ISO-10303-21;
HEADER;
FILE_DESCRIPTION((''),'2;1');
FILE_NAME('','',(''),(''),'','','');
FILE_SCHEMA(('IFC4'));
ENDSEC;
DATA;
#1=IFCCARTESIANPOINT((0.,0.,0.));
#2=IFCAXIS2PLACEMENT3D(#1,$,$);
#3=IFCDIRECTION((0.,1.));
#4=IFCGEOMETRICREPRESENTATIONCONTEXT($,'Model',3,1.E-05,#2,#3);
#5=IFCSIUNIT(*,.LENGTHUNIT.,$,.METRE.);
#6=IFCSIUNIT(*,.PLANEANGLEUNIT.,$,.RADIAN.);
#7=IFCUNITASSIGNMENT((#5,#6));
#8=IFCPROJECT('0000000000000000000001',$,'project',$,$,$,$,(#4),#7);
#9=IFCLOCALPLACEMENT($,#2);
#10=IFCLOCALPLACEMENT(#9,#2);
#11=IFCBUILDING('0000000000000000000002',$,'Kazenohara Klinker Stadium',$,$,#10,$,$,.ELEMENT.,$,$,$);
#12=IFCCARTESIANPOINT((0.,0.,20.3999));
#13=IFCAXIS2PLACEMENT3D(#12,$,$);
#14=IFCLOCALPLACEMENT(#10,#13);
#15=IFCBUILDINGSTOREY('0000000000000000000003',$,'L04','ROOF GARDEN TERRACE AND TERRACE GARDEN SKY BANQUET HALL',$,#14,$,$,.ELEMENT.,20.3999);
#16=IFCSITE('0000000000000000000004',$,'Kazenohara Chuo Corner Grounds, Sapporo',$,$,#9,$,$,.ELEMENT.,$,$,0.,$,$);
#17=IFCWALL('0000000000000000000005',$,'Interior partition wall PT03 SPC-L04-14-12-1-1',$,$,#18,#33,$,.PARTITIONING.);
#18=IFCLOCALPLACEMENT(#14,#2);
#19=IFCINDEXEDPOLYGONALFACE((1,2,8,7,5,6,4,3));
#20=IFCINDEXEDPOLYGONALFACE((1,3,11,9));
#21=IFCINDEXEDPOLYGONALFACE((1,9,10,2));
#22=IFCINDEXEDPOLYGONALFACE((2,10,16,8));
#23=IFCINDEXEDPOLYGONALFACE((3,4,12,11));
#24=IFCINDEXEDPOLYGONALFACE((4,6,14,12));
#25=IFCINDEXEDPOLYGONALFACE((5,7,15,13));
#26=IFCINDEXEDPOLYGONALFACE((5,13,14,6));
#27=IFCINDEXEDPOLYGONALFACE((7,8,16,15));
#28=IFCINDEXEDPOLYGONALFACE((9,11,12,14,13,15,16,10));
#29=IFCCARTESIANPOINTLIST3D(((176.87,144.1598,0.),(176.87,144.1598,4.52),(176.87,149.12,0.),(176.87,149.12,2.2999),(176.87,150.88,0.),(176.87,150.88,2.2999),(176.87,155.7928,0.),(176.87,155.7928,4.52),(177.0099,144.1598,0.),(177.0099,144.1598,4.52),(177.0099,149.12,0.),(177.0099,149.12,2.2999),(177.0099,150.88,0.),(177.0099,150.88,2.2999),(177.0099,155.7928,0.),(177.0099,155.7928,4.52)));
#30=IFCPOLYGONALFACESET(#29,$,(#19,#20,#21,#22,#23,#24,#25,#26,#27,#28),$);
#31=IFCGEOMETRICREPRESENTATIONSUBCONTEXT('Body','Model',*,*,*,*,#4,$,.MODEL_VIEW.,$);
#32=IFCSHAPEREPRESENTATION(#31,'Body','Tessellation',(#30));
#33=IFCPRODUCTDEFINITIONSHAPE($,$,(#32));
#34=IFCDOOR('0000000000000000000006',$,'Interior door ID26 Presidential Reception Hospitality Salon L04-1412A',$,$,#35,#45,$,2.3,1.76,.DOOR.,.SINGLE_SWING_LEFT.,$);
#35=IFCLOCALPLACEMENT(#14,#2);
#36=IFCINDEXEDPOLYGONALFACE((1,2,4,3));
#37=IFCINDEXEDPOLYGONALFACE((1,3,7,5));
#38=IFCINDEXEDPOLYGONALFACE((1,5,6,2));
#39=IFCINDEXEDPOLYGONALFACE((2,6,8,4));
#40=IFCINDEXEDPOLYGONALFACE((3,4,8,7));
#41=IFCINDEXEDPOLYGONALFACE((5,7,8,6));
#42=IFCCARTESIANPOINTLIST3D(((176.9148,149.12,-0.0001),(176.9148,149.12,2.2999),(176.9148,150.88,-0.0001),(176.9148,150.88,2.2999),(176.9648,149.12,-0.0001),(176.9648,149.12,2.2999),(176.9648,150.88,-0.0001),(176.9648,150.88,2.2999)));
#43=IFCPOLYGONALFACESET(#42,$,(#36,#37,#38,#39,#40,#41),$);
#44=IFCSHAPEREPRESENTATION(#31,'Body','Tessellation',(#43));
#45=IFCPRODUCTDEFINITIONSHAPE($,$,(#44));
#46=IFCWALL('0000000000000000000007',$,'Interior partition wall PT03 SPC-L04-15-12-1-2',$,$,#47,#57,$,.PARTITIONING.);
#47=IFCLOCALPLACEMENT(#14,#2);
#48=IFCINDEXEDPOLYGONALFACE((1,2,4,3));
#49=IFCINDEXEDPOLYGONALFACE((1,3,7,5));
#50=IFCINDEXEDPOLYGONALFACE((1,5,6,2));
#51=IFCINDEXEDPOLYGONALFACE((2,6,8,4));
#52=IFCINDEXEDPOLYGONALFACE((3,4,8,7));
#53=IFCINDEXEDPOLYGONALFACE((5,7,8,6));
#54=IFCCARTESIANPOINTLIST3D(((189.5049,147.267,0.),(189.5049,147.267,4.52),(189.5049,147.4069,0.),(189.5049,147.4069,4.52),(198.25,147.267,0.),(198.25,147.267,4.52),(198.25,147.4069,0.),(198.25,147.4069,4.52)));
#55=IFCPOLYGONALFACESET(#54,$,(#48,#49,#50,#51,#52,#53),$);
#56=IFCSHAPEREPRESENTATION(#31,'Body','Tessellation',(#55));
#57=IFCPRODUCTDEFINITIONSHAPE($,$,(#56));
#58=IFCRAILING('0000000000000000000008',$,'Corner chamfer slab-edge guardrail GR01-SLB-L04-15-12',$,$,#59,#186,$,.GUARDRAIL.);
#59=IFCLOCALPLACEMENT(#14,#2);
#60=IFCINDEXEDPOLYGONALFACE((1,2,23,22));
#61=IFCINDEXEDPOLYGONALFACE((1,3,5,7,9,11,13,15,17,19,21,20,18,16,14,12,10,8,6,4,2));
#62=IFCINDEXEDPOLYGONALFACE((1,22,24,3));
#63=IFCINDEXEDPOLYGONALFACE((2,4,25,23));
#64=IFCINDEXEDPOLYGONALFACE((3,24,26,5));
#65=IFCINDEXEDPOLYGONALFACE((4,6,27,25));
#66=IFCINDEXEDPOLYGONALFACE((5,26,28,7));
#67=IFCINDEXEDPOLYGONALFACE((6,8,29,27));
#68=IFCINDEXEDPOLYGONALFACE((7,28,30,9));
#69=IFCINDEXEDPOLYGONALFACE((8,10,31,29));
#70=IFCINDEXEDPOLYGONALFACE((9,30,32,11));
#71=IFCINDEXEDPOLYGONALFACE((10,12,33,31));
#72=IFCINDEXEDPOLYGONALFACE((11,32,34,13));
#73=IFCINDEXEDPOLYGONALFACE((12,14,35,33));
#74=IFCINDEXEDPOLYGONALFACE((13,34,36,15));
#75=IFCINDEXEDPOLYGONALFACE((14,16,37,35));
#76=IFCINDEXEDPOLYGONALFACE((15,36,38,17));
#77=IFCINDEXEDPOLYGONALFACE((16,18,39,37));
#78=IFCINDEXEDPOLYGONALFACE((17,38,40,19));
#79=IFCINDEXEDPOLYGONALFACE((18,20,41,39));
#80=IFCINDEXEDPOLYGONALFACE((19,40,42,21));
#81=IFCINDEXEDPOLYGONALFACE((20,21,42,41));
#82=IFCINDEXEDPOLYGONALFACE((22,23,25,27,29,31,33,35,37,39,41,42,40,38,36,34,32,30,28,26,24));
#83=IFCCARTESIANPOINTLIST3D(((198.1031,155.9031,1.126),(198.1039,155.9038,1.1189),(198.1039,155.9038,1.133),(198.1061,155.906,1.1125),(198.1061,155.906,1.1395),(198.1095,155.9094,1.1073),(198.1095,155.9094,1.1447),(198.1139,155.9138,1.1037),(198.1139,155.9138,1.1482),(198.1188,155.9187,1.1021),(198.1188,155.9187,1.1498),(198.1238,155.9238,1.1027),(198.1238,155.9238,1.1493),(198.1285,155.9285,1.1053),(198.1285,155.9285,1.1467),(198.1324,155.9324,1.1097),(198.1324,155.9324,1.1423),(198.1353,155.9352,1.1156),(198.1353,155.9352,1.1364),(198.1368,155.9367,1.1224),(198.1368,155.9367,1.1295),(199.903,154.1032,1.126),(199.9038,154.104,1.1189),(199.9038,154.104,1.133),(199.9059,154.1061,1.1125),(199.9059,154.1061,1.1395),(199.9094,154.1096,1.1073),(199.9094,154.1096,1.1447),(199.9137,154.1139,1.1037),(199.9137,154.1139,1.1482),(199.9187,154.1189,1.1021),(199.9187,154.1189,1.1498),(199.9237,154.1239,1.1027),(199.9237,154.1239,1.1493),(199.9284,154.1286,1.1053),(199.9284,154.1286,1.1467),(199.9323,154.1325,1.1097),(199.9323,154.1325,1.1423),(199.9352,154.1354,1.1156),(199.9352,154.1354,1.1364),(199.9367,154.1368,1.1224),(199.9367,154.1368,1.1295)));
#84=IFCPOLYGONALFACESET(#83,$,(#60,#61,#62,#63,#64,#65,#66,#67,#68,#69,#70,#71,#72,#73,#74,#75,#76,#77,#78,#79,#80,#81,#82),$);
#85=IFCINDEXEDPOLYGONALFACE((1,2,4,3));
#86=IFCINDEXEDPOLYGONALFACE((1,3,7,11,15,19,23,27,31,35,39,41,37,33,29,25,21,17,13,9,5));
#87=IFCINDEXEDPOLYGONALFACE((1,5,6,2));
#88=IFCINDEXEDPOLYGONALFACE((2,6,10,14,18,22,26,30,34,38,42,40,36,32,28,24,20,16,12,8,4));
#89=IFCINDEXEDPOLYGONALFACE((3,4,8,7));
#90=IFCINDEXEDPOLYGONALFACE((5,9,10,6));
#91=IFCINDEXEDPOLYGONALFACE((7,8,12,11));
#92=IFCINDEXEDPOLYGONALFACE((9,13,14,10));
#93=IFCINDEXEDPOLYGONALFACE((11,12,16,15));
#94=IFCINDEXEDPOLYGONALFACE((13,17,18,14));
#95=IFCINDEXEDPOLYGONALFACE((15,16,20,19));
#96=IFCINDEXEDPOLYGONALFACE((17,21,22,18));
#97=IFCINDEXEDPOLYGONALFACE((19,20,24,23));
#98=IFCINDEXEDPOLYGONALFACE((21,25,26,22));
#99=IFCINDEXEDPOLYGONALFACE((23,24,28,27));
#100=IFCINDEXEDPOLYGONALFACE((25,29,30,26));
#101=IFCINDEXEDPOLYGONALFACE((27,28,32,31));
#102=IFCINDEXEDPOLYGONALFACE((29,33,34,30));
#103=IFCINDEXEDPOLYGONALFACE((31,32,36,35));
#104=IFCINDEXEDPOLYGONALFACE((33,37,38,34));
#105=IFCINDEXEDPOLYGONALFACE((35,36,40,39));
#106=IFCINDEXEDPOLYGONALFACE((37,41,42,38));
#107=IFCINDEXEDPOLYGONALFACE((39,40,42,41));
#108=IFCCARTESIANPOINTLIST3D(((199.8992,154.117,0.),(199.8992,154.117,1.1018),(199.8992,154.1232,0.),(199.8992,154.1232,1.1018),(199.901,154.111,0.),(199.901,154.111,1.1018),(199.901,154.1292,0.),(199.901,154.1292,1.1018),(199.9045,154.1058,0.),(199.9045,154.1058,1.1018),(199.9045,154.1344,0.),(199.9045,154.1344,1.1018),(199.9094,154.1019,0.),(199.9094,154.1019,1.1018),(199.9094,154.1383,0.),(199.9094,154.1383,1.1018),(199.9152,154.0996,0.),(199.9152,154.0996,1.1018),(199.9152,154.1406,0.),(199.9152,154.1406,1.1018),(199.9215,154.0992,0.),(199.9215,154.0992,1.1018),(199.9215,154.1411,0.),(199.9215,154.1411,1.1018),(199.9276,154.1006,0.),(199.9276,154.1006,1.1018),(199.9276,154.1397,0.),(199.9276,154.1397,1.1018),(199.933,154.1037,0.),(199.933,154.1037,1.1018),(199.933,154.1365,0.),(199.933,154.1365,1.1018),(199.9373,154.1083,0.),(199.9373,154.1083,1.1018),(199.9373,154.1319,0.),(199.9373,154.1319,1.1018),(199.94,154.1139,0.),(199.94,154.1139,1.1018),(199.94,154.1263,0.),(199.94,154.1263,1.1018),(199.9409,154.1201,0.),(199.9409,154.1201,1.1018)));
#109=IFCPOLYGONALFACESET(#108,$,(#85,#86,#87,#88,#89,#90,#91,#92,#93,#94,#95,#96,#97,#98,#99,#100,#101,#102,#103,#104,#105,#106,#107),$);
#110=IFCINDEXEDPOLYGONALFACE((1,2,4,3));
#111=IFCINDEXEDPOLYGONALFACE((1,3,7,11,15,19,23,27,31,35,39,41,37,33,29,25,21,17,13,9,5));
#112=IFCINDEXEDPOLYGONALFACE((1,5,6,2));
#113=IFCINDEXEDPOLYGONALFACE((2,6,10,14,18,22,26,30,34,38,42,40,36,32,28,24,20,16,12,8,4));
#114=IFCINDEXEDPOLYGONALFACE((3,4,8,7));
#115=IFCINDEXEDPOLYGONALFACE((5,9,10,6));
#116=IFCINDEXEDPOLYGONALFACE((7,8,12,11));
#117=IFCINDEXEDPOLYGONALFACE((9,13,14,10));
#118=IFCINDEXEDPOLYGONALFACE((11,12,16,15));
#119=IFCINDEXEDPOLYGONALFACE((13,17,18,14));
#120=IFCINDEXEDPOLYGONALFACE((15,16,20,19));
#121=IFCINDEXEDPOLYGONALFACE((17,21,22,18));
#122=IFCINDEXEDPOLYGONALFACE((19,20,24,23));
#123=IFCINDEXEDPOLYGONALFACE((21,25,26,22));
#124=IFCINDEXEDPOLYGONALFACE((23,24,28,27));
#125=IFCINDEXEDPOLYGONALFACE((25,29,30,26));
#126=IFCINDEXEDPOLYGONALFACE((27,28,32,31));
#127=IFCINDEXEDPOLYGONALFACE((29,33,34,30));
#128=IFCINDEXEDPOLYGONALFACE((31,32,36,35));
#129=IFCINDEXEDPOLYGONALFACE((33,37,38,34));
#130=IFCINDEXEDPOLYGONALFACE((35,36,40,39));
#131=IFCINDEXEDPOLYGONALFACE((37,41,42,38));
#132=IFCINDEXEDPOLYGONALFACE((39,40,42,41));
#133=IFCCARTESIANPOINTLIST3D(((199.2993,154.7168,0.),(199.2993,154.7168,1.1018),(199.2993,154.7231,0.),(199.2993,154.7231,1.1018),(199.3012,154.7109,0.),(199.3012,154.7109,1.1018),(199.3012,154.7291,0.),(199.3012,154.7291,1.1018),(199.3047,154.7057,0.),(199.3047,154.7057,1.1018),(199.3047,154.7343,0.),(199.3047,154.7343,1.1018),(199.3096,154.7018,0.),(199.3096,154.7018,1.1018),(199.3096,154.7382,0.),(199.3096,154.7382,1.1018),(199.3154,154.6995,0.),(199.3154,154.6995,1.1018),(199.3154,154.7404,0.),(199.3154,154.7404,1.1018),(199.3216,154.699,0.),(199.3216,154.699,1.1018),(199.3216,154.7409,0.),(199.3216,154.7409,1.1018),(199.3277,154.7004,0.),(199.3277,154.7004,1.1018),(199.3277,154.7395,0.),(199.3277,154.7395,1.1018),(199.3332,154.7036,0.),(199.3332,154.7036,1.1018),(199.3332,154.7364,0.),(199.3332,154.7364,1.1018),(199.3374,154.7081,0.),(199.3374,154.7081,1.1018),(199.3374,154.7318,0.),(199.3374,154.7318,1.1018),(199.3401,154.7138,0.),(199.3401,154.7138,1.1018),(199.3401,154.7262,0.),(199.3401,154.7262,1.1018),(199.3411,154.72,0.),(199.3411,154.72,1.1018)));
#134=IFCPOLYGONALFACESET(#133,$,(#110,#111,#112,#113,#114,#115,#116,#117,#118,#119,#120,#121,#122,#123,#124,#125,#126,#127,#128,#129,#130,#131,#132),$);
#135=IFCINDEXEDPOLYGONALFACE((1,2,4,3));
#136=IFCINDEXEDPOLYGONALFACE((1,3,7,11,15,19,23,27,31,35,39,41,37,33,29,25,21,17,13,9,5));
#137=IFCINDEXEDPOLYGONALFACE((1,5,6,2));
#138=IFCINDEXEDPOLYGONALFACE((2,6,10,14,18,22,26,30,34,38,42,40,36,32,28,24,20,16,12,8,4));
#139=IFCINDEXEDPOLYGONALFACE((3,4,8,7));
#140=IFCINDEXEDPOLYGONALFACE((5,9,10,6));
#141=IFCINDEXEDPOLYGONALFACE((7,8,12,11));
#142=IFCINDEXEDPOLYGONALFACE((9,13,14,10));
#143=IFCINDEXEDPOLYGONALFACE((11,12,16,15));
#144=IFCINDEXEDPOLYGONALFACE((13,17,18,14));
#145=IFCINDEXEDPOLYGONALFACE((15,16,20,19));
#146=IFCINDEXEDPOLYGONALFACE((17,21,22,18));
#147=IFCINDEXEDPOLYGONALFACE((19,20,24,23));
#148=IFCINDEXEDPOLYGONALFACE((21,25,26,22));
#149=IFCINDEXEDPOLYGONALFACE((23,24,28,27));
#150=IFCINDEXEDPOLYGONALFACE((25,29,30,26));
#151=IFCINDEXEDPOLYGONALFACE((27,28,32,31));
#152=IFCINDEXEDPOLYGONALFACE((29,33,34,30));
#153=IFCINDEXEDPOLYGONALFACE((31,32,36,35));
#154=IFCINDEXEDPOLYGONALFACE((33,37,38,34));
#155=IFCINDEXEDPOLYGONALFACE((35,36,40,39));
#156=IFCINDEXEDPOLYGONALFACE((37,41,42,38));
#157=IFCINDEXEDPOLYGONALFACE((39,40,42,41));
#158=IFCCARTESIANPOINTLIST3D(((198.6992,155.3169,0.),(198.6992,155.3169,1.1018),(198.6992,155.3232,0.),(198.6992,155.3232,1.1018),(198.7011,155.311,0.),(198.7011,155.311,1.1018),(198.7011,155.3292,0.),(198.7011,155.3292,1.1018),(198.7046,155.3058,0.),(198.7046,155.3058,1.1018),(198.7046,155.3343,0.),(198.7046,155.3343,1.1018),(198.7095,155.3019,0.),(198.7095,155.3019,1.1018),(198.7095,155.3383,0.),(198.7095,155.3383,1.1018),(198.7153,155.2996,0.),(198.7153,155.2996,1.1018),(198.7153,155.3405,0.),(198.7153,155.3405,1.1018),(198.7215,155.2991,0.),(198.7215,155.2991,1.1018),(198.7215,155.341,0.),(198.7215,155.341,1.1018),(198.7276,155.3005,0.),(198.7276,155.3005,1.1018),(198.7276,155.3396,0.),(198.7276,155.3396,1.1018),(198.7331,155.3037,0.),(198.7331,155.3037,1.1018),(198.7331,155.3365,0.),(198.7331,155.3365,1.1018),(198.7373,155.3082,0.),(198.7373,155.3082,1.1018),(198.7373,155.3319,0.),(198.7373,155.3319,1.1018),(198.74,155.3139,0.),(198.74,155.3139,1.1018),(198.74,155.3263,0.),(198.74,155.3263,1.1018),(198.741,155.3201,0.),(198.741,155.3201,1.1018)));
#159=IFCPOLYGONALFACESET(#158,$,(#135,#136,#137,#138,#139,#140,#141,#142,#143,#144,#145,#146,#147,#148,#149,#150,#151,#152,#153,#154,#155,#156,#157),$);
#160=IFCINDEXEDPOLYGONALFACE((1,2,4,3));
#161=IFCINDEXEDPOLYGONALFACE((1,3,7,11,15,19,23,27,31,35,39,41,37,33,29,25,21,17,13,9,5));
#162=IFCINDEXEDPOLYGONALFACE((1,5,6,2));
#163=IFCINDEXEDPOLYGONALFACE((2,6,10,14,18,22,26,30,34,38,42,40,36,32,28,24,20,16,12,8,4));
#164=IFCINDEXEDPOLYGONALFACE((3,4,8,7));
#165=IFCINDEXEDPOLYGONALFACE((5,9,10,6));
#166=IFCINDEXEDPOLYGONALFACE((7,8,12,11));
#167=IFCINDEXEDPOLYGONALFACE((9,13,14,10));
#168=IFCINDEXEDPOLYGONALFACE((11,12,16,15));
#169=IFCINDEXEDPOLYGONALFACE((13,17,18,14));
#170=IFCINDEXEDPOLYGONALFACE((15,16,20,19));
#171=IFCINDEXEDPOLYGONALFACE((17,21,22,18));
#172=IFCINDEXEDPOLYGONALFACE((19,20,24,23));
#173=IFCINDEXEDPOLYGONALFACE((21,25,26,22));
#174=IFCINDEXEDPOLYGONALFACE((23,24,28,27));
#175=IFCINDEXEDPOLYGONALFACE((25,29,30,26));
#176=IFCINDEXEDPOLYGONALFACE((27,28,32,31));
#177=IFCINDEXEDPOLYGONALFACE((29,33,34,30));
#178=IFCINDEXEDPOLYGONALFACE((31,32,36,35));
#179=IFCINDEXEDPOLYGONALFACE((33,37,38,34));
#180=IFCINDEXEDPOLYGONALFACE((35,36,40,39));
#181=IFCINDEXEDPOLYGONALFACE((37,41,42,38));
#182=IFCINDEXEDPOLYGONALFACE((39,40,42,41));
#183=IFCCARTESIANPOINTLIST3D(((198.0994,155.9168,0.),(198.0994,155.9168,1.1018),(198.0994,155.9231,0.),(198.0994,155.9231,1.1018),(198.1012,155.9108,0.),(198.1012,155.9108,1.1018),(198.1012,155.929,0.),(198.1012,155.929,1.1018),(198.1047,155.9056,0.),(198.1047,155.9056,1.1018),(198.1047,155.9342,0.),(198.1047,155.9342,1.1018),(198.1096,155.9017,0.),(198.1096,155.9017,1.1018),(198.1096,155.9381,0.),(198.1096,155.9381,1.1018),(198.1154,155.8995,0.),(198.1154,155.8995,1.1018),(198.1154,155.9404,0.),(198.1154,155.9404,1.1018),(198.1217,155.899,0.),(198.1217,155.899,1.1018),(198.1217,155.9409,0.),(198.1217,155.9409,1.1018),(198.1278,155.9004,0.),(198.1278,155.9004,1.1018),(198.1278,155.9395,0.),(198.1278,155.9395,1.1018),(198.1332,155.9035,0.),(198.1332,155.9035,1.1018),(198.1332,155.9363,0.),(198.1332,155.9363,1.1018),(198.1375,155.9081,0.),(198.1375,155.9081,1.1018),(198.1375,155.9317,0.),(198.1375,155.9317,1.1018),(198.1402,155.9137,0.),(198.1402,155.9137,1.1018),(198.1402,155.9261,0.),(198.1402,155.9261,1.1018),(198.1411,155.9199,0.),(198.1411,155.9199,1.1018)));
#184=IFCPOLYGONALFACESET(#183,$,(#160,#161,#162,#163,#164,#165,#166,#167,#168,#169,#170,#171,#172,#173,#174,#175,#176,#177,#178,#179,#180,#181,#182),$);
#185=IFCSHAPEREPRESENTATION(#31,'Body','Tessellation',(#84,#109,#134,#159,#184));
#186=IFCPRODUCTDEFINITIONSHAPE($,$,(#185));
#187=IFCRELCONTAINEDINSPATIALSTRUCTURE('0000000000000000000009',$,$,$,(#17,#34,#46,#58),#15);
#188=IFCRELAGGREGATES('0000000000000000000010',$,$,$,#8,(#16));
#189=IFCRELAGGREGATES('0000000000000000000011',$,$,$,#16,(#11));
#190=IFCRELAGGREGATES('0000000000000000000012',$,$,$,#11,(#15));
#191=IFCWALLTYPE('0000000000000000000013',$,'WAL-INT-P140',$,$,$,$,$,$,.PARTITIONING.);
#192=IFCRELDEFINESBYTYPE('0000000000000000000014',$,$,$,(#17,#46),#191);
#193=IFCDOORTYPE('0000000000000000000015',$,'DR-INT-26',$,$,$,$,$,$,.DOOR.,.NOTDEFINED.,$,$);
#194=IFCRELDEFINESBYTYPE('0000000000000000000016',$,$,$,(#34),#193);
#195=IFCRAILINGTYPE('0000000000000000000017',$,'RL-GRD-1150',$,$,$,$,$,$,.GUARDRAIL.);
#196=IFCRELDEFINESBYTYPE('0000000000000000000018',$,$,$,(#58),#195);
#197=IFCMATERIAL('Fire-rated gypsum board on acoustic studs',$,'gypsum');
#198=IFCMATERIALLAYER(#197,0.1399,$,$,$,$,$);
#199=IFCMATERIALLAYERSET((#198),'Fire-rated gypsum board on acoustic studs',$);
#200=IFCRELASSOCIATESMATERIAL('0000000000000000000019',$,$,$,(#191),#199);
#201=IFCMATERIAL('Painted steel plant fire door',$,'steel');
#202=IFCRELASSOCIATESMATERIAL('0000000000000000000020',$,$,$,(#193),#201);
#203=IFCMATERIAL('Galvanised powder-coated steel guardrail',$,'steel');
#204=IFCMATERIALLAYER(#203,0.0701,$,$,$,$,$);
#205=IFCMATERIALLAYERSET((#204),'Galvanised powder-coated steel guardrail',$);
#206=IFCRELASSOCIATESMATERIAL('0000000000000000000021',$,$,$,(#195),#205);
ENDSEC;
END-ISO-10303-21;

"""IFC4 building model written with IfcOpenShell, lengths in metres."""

from ifc_helpers import new_model, si_unit, direction, frame, frame_2d, origin, origin_2d, place, context, subcontext, project, spatial, rectangle, circle, extrude, material, layer, layer_set, type_object, element, fill, save


model = new_model("IFC4")

# Units and contexts
model_context = context("Model", 3, precision=1e-05, world=origin(), true_north=direction((0.0, 1.0)))
body_context = subcontext(model_context, "Body", "Model", "MODEL_VIEW")
ifc_project = project(units=[si_unit("LENGTHUNIT", "METRE"), si_unit("PLANEANGLEUNIT", "RADIAN")], contexts=[model_context])

# Site, building, storey
site_placement = place(None, origin())
site = spatial("IfcSite", under=ifc_project, at=site_placement, Name="Kazenohara Chuo Corner Grounds, Sapporo", CompositionType="ELEMENT", RefElevation=0.0)
building_placement = place(site_placement, origin())
building = spatial("IfcBuilding", under=site, at=building_placement, Name="Kazenohara Klinker Stadium", CompositionType="ELEMENT")
storey_placement = place(building_placement, frame((0.0, 0.0, 20.3999)))
storey = spatial("IfcBuildingStorey", under=building, at=storey_placement, Name="L04", Description="ROOF GARDEN TERRACE AND TERRACE GARDEN SKY BANQUET HALL", CompositionType="ELEMENT", Elevation=20.3999)

# Shared definitions
ifc_material_1 = material(Name="Fire-rated gypsum board on acoustic studs", Category="gypsum")

# Wall, opening, door
ifc_layer_1 = layer(ifc_material_1, 0.1399)
ifc_layer_set_1 = layer_set([ifc_layer_1], Name="Fire-rated gypsum board on acoustic studs")
wall_type_1 = type_object("IfcWallType", Name="WAL-INT-P140", PredefinedType="PARTITIONING", material=ifc_layer_set_1)
wall_1_placement = place(storey_placement, frame((176.9399, 144.1599, 0.0), z_axis=(0.0, 0.0, 1.0), x_axis=(0.0, 1.0, 0.0)))
wall_1 = element("IfcWall", 1, at=wall_1_placement, inside=storey, type_object=wall_type_1, Name="Interior partition wall PT03 SPC-L04-14-12-1-1", PredefinedType="PARTITIONING", context=body_context, shape_type="SweptSolid", body=[
    extrude(rectangle(XDim=11.6331, YDim=0.1399, at=frame_2d((5.8164, 0.0))), origin(), (0.0, 0.0, 1.0), 4.52),
])
opening_1_placement = place(wall_1_placement, frame((6.72, 0.0, 0.0), z_axis=(0.0, 0.0, 1.0), x_axis=(-1.0, 0.0, 0.0)))
opening_1 = element("IfcOpeningElement", 2, at=opening_1_placement, cuts=wall_1, PredefinedType="OPENING", context=body_context, shape_type="SweptSolid", body=[
    extrude(rectangle(XDim=1.76, YDim=2.3, at=frame_2d((0.8799, 1.1499))), frame((0.0, 0.0801, 0.0), z_axis=(0.0, -1.0, 0.0), x_axis=(1.0, 0.0, 0.0)), (0.0, 0.0, 1.0), 0.1599),
])
ifc_material_2 = material(Name="Painted steel plant fire door", Category="steel")
door_type_1 = type_object("IfcDoorType", Name="DR-INT-26", OperationType="NOTDEFINED", PredefinedType="DOOR", material=ifc_material_2)
door_1_placement = place(opening_1_placement, origin())
door_1 = element("IfcDoor", 3, at=door_1_placement, inside=storey, type_object=door_type_1, Name="Interior door ID26 Presidential Reception Hospitality Salon L04-1412A", OperationType="SINGLE_SWING_LEFT", OverallHeight=2.3, OverallWidth=1.76, PredefinedType="DOOR", context=body_context, shape_type="SweptSolid", body=[
    extrude(rectangle(XDim=1.76, YDim=2.3, at=frame_2d((0.8799, 1.1499))), frame((0.0, 0.0249, 0.0), z_axis=(0.0, -1.0, 0.0), x_axis=(1.0, 0.0, 0.0)), (0.0, 0.0, 1.0), 0.05),
])
fill(opening_1, door_1)

# Wall
wall_2_placement = place(storey_placement, frame((189.5049, 147.3369, 0.0), z_axis=(0.0, 0.0, 1.0), x_axis=(1.0, 0.0, 0.0)))
element("IfcWall", 4, at=wall_2_placement, inside=storey, type_object=wall_type_1, Name="Interior partition wall PT03 SPC-L04-15-12-1-2", PredefinedType="PARTITIONING", context=body_context, shape_type="SweptSolid", body=[
    extrude(rectangle(XDim=8.7451, YDim=0.1399, at=frame_2d((4.3726, 0.0))), origin(), (0.0, 0.0, 1.0), 4.52),
])

# Railing
ifc_material_3 = material(Name="Galvanised powder-coated steel guardrail", Category="steel")
ifc_layer_2 = layer(ifc_material_3, 0.0701)
ifc_layer_set_2 = layer_set([ifc_layer_2], Name="Galvanised powder-coated steel guardrail")
railing_type = type_object("IfcRailingType", Name="RL-GRD-1150", PredefinedType="GUARDRAIL", material=ifc_layer_set_2)
railing_placement = place(storey_placement, frame((199.9199, 154.1201, 0.0)))
element("IfcRailing", 5, at=railing_placement, inside=storey, type_object=railing_type, Name="Corner chamfer slab-edge guardrail GR01-SLB-L04-15-12", PredefinedType="GUARDRAIL", context=body_context, shape_type="SweptSolid", body=[
    extrude(circle(Radius=0.0239, at=origin_2d()), frame((0.0, 0.0, 1.126), z_axis=(-0.707107, 0.707107, 0.0), x_axis=(-0.707107, -0.707107, 0.0)), (0.0, 0.0, 1.0), 2.5454),
    extrude(circle(Radius=0.021, at=origin_2d()), origin(), (0.0, 0.0, 1.0), 1.1018),
    extrude(circle(Radius=0.021, at=origin_2d()), frame((-0.5999, 0.5999, 0.0)), (0.0, 0.0, 1.0), 1.1018),
    extrude(circle(Radius=0.021, at=origin_2d()), frame((-1.2, 1.2, 0.0)), (0.0, 0.0, 1.0), 1.1018),
    extrude(circle(Radius=0.021, at=origin_2d()), frame((-1.7998, 1.7998, 0.0)), (0.0, 0.0, 1.0), 1.1018),
])

save(model, "model.ifc")
